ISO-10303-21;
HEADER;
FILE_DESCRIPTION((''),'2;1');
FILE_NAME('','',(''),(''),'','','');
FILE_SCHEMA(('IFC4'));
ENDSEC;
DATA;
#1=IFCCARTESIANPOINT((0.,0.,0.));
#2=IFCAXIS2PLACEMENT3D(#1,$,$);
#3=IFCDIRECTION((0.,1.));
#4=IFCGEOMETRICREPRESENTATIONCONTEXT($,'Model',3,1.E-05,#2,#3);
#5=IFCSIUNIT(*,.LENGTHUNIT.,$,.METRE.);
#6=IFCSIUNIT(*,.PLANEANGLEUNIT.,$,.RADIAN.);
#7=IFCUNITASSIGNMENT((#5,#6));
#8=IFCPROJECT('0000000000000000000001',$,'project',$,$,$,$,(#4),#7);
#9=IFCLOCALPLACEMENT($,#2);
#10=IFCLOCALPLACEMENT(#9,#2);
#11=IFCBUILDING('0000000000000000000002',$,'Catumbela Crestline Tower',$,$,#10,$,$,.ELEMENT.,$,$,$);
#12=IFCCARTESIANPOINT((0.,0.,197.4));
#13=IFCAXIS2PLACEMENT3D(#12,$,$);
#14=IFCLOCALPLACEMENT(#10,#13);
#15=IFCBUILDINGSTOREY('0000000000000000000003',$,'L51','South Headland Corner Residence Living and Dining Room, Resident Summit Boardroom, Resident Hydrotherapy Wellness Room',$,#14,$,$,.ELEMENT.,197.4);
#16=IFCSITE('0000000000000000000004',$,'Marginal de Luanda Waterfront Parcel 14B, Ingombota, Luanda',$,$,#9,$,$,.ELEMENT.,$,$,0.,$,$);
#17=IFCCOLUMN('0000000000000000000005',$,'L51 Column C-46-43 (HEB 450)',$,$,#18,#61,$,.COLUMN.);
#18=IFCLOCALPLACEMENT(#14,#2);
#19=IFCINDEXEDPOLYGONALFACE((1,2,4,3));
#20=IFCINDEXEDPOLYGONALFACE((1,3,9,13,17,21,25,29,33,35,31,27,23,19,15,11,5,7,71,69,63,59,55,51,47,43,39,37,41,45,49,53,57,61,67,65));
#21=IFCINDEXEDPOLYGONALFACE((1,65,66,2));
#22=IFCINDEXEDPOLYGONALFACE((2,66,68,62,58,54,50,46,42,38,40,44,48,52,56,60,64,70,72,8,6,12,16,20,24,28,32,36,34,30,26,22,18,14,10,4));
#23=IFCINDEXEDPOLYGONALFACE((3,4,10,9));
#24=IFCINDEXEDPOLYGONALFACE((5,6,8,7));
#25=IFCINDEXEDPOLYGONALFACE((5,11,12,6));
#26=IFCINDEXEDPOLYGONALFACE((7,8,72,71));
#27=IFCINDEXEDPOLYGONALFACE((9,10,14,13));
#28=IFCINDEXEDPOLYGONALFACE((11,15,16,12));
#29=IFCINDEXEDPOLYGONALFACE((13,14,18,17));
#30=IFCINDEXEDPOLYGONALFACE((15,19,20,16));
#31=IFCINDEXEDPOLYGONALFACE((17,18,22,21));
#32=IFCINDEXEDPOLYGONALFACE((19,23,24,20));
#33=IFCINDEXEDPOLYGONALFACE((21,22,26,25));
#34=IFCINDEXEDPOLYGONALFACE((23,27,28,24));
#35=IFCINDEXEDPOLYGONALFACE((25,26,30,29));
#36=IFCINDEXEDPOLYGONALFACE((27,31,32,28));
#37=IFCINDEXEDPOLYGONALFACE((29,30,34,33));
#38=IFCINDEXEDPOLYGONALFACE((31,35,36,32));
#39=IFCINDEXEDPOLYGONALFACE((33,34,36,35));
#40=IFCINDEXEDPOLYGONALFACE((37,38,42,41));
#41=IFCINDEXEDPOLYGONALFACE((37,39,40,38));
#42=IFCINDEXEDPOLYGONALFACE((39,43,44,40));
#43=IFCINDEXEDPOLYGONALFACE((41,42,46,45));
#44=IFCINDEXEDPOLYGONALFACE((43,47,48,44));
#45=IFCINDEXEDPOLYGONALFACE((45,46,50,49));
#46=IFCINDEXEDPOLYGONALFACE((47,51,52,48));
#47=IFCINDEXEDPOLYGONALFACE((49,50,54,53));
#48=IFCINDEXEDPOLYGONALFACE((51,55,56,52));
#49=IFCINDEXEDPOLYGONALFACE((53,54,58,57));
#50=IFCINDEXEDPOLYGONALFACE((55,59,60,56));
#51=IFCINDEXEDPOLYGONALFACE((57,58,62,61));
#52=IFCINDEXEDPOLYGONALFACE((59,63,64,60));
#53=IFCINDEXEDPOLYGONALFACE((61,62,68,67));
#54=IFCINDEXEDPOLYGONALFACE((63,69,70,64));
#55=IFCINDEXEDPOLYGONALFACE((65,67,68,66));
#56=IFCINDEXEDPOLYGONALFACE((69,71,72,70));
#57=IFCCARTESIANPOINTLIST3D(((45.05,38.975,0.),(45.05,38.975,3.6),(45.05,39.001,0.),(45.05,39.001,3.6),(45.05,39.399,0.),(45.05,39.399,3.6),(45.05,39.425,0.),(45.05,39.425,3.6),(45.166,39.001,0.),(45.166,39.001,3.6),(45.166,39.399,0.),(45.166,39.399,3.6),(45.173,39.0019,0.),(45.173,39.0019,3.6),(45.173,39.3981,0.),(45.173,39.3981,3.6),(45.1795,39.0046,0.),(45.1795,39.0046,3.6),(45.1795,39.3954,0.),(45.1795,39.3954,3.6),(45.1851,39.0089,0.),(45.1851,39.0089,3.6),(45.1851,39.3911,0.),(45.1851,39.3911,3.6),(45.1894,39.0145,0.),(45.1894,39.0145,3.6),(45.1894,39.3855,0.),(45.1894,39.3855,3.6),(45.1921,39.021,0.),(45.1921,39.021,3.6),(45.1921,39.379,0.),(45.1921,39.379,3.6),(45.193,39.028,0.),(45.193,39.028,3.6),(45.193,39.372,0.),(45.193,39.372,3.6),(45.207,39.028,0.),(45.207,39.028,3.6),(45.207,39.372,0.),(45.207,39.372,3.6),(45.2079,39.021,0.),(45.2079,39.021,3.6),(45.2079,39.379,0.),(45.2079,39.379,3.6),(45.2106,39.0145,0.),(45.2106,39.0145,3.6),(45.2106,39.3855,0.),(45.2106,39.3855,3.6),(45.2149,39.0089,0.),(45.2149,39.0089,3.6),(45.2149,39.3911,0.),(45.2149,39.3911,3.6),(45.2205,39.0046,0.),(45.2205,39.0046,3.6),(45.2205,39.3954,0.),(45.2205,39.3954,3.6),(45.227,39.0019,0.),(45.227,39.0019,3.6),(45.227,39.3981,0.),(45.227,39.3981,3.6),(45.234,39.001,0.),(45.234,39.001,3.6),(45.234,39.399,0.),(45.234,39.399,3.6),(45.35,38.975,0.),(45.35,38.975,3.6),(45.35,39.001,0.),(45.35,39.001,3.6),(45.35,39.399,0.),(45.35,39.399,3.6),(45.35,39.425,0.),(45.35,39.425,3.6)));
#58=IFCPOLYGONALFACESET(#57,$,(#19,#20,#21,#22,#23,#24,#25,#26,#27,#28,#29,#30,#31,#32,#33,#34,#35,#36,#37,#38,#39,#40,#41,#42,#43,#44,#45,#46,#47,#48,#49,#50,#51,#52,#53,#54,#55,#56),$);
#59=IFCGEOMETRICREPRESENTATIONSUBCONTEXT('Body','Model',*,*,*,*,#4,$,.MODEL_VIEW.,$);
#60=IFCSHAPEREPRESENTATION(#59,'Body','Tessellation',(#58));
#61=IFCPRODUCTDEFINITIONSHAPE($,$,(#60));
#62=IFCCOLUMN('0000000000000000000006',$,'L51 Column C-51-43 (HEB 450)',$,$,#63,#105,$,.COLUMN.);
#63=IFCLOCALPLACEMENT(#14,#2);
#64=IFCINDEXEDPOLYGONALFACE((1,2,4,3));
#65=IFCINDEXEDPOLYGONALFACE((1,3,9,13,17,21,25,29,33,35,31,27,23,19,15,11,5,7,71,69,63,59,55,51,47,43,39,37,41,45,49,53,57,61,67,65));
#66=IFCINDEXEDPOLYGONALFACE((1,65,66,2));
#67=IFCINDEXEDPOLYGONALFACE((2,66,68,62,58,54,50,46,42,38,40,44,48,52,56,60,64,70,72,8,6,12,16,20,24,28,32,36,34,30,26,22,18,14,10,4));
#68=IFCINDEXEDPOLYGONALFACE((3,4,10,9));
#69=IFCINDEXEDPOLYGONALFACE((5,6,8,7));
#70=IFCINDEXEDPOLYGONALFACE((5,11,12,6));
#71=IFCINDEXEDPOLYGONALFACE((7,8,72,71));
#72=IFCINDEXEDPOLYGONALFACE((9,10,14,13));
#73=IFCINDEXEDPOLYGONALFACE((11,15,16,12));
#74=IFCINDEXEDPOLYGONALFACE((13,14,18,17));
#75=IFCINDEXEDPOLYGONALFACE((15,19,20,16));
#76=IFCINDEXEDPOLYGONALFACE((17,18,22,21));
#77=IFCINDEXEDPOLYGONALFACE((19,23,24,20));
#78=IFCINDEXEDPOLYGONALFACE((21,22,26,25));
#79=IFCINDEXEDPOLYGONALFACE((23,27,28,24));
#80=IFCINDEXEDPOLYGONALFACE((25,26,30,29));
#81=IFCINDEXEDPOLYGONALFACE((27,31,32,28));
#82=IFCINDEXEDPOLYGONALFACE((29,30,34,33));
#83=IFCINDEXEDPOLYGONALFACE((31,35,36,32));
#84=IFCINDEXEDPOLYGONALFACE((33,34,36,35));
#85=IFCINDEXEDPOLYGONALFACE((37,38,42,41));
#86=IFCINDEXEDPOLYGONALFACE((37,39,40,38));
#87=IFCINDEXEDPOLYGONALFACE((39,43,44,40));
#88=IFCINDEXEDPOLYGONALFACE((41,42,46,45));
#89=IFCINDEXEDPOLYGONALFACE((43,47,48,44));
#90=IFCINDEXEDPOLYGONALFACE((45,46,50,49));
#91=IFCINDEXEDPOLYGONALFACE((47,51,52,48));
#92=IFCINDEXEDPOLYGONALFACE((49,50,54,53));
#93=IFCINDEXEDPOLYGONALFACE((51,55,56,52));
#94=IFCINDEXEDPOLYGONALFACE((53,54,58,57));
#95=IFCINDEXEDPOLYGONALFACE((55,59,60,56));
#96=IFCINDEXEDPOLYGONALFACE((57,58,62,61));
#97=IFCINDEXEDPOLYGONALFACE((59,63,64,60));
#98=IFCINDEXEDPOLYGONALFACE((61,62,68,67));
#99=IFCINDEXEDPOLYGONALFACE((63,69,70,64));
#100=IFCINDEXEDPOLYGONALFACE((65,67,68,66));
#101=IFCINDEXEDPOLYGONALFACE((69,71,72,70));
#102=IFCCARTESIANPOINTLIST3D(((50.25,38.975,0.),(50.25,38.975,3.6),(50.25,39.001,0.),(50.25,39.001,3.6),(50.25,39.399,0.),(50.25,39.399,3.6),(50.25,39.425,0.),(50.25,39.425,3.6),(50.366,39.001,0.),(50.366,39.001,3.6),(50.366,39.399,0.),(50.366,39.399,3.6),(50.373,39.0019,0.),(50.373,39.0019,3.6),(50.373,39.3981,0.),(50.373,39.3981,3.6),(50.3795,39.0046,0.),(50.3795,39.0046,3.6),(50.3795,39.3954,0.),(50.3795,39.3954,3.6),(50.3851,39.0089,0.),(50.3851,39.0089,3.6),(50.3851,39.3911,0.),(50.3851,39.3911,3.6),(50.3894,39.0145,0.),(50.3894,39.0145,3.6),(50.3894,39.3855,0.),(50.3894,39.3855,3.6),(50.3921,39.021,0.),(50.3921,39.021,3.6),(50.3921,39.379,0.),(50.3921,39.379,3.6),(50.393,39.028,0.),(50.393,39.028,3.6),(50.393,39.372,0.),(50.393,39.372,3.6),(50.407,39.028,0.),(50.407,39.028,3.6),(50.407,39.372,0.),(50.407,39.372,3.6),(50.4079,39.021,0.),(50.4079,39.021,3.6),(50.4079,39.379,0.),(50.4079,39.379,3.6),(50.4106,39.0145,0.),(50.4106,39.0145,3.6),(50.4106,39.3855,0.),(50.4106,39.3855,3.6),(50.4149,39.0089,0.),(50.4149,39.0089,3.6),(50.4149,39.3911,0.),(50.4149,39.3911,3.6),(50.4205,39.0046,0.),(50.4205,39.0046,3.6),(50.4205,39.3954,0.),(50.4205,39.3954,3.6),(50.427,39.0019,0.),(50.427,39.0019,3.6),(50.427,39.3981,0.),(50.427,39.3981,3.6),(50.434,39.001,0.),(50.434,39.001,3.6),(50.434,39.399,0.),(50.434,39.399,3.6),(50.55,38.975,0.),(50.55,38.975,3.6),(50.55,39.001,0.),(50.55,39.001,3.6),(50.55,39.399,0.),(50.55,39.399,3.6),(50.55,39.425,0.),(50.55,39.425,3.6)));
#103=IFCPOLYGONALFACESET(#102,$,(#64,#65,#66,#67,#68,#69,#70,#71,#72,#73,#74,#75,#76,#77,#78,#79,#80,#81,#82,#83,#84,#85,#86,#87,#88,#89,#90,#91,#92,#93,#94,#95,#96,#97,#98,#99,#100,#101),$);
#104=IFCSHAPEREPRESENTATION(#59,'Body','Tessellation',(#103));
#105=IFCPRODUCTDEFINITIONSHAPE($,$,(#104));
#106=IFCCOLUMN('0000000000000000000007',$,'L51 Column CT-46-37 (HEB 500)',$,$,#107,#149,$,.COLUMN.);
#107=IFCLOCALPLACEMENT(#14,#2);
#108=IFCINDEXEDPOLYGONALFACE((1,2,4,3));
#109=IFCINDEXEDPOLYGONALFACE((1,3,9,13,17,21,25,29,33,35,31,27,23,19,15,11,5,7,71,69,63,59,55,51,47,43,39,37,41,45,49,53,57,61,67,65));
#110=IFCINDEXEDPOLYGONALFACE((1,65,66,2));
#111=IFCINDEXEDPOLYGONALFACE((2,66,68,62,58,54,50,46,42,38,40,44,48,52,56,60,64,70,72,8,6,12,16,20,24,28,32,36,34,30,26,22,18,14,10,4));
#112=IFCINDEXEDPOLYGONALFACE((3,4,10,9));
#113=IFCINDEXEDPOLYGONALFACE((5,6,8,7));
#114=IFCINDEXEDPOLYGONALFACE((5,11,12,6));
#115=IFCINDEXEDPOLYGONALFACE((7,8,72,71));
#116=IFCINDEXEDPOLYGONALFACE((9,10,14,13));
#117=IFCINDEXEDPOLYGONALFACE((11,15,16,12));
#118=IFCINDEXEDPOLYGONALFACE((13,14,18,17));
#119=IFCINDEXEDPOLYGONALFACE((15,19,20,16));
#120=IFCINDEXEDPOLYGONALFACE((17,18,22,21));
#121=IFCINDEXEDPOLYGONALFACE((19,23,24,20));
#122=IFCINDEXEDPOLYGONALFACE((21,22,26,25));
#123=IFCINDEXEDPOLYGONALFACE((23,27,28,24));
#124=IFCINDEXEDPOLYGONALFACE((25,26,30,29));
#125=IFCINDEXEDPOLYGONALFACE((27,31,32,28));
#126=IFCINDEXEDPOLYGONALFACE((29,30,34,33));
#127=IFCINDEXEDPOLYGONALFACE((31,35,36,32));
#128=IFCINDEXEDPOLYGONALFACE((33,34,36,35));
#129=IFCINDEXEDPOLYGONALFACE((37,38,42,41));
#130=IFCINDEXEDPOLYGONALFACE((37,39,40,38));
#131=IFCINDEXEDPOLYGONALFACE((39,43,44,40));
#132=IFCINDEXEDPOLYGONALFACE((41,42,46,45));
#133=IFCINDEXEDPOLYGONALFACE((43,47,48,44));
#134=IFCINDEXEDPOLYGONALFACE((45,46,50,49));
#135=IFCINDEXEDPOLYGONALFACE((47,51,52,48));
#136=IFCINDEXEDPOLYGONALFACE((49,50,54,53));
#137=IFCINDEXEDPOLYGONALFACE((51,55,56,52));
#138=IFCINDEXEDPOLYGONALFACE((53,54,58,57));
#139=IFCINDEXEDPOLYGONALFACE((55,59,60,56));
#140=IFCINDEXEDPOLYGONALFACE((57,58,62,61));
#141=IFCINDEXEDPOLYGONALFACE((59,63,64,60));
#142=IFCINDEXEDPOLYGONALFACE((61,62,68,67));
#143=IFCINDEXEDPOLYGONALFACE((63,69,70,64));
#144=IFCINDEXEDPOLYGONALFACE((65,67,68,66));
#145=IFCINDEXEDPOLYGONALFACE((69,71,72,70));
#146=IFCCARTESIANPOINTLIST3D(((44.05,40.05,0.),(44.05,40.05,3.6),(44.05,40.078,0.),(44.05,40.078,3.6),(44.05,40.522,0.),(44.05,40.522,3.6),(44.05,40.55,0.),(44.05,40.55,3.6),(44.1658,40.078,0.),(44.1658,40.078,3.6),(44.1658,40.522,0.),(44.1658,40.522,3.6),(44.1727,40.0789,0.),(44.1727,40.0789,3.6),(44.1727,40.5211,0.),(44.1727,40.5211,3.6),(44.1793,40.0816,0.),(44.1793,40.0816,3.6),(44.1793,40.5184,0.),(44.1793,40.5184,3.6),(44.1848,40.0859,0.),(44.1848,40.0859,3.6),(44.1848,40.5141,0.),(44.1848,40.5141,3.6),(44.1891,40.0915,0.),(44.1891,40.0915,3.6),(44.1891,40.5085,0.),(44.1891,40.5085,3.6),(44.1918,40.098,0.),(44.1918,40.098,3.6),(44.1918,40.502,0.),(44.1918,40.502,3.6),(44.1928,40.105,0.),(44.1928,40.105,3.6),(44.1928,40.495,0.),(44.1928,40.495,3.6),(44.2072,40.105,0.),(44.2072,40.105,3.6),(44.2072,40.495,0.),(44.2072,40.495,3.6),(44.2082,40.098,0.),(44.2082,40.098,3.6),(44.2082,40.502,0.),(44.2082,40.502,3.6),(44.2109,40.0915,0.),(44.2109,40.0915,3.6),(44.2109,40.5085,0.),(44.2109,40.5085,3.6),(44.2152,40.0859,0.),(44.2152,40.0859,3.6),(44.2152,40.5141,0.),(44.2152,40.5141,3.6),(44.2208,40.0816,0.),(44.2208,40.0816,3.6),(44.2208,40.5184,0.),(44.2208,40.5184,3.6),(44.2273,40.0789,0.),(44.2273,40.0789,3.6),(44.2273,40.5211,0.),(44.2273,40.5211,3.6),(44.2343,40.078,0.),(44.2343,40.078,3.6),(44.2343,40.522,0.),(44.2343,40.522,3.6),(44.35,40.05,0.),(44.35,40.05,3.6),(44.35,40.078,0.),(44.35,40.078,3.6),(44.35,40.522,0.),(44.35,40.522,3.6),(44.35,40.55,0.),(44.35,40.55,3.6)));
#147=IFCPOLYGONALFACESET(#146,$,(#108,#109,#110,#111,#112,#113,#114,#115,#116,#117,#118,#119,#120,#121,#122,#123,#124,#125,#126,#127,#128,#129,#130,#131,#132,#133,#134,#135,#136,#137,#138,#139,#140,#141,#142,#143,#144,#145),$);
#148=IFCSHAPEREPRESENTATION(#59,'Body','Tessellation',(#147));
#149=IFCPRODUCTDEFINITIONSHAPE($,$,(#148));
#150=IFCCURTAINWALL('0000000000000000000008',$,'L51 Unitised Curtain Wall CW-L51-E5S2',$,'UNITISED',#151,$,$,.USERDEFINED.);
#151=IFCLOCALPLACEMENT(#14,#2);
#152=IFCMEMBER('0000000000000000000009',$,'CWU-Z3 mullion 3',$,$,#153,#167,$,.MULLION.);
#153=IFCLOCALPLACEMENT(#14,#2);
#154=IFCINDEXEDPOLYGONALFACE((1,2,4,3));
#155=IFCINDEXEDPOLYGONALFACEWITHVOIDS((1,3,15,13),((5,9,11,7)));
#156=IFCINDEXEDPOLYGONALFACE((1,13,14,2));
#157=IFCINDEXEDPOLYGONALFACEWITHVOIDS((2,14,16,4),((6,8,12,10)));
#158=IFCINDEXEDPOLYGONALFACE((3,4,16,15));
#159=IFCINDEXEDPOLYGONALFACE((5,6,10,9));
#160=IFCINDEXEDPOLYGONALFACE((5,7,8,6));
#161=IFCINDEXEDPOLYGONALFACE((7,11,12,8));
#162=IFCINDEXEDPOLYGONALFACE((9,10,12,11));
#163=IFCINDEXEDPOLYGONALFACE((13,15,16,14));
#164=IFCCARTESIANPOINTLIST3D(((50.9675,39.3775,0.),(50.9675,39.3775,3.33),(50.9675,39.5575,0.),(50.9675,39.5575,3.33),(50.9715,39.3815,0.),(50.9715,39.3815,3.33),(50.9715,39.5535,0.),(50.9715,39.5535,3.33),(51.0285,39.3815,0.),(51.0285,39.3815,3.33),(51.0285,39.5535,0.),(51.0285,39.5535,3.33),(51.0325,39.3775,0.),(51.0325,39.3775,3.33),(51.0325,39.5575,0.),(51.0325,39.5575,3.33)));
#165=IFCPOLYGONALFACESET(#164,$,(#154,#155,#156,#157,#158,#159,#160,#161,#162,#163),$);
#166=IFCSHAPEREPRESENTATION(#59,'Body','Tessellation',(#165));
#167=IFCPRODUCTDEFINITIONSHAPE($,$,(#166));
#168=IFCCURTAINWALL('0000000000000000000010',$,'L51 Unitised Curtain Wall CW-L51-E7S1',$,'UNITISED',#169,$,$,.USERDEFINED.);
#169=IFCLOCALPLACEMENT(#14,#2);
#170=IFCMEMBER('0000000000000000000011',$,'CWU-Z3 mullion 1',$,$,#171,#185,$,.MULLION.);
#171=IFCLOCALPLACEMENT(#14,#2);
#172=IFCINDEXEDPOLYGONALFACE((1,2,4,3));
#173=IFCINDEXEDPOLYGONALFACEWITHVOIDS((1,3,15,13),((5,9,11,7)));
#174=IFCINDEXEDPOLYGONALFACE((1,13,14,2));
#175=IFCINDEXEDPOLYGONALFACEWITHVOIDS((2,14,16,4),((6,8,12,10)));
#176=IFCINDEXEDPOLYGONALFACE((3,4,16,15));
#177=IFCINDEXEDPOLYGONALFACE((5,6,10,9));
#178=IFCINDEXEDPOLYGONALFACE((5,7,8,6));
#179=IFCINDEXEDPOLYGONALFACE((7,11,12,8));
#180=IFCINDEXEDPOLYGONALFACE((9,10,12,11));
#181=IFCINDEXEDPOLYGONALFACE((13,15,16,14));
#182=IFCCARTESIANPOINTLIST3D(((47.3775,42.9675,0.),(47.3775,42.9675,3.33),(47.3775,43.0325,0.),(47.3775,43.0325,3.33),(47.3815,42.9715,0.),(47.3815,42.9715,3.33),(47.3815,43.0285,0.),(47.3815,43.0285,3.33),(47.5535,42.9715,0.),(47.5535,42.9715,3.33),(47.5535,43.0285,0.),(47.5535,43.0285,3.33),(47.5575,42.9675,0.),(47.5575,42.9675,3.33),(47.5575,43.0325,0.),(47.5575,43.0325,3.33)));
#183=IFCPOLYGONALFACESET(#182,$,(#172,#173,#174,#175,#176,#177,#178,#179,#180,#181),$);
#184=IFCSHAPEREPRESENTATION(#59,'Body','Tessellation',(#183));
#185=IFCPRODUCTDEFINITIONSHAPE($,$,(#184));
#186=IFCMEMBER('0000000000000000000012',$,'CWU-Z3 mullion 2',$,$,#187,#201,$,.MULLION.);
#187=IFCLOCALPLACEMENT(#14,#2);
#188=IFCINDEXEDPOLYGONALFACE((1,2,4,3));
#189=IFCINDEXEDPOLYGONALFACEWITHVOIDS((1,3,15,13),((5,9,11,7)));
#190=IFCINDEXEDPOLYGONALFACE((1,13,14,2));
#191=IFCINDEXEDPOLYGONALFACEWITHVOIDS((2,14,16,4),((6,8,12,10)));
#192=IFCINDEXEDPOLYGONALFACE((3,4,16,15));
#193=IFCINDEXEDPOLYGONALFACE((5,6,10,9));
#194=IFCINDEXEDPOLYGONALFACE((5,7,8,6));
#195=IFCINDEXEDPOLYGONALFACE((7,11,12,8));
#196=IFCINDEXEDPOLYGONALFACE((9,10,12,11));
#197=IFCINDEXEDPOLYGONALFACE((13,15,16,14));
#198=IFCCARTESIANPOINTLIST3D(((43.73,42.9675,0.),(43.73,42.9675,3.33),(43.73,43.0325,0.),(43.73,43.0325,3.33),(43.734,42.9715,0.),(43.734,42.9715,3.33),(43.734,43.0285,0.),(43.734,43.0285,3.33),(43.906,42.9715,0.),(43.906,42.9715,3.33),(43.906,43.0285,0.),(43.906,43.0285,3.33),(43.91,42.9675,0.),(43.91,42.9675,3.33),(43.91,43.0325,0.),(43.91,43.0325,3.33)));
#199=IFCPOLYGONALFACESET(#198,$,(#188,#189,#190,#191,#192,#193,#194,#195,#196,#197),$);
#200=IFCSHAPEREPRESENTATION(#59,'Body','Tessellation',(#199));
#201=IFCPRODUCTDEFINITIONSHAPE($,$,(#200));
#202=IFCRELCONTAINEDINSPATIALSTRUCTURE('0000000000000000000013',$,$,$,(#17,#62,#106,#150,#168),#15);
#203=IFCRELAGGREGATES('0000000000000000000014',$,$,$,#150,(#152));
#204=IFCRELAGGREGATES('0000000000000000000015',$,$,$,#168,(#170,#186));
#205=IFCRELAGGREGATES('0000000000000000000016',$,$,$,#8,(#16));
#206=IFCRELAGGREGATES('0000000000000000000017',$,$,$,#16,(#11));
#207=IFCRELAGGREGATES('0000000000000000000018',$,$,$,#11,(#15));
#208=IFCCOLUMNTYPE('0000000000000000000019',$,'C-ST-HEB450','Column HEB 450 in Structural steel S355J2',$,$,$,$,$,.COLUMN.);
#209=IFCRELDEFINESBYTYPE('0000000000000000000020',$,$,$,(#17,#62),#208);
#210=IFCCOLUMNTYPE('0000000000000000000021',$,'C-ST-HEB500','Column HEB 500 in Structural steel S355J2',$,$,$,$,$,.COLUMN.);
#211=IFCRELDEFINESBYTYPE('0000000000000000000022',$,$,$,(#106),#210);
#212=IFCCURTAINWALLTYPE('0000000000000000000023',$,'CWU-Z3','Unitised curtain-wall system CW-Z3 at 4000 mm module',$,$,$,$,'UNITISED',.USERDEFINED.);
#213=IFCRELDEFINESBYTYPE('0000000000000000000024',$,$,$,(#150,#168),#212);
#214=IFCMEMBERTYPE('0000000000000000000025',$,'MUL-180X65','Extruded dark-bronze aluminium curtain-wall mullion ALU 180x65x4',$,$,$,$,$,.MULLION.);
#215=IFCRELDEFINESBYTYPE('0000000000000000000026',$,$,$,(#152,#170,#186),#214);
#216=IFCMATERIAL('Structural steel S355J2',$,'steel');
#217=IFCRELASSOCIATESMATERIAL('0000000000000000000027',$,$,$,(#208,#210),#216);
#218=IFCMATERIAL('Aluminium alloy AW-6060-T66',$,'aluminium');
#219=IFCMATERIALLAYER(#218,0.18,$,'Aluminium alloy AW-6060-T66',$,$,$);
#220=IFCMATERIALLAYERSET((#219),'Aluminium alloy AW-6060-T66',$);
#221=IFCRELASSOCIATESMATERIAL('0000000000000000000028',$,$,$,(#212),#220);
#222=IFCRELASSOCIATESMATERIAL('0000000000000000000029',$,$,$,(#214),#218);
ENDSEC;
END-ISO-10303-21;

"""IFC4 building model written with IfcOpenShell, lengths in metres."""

from ifc_helpers import new_model, si_unit, direction, frame, origin, origin_2d, place, context, subcontext, project, spatial, hollow_rectangle, i_section, extrude, material, layer, layer_set, material_profile, profile_set, type_object, element, aggregate, save


model = new_model("IFC4")

# Units and contexts
model_context = context("Model", 3, precision=1e-05, world=origin(), true_north=direction((0.0, 1.0)))
body_context = subcontext(model_context, "Body", "Model", "MODEL_VIEW")
ifc_project = project(units=[si_unit("LENGTHUNIT", "METRE"), si_unit("PLANEANGLEUNIT", "RADIAN")], contexts=[model_context])

# Site, building, storey
site_placement = place(None, origin())
site = spatial("IfcSite", under=ifc_project, at=site_placement, Name="Marginal de Luanda Waterfront Parcel 14B, Ingombota, Luanda", CompositionType="ELEMENT", RefElevation=0.0)
building_placement = place(site_placement, origin())
building = spatial("IfcBuilding", under=site, at=building_placement, Name="Catumbela Crestline Tower", CompositionType="ELEMENT")
storey_placement = place(building_placement, frame((0.0, 0.0, 197.4)))
storey = spatial("IfcBuildingStorey", under=building, at=storey_placement, Name="L51", Description="South Headland Corner Residence Living and Dining Room, Resident Summit Boardroom, Resident Hydrotherapy Wellness Room", CompositionType="ELEMENT", Elevation=197.4)

# Columns
ifc_material_1 = material(Name="Structural steel S355J2", Category="steel")
ifc_material_profile_1 = material_profile(ifc_material_1, i_section(OverallWidth=0.3, OverallDepth=0.45, WebThickness=0.014, FlangeThickness=0.026, FilletRadius=0.027, at=origin_2d()), Name="HEB 450")
ifc_profile_set_1 = profile_set([ifc_material_profile_1], Name="Structural steel S355J2")
column_type_1 = type_object("IfcColumnType", Name="C-ST-HEB450", Description="Column HEB 450 in Structural steel S355J2", PredefinedType="COLUMN", material=ifc_profile_set_1)
for number, where, z_axis, x_axis, name in (
    (1, (45.2, 39.2, 0.0), (0.0, 0.0, 1.0), (1.0, 0.0, 0.0), "L51 Column C-46-43 (HEB 450)"),
    (2, (50.4, 39.2, 0.0), (0.0, 0.0, 1.0), (1.0, 0.0, 0.0), "L51 Column C-51-43 (HEB 450)"),
):
    element("IfcColumn", number, at=place(storey_placement, frame(where, z_axis=z_axis, x_axis=x_axis)), inside=storey, type_object=column_type_1, Name=name, PredefinedType="COLUMN", context=body_context, shape_type="SweptSolid", body=[
        extrude(i_section(OverallWidth=0.3, OverallDepth=0.45, WebThickness=0.014, FlangeThickness=0.026, FilletRadius=0.027, at=origin_2d()), origin(), (0.0, 0.0, 1.0), 3.6),
    ])
ifc_material_profile_2 = material_profile(ifc_material_1, i_section(OverallWidth=0.3, OverallDepth=0.5, WebThickness=0.0145, FlangeThickness=0.028, FilletRadius=0.027, at=origin_2d()), Name="HEB 500")
ifc_profile_set_2 = profile_set([ifc_material_profile_2], Name="Structural steel S355J2")
column_type_2 = type_object("IfcColumnType", Name="C-ST-HEB500", Description="Column HEB 500 in Structural steel S355J2", PredefinedType="COLUMN", material=ifc_profile_set_2)
column_placement = place(storey_placement, frame((44.2, 40.3, 0.0), z_axis=(0.0, 0.0, 1.0), x_axis=(1.0, 0.0, 0.0)))
element("IfcColumn", 3, at=column_placement, inside=storey, type_object=column_type_2, Name="L51 Column CT-46-37 (HEB 500)", PredefinedType="COLUMN", context=body_context, shape_type="SweptSolid", body=[
    extrude(i_section(OverallWidth=0.3, OverallDepth=0.5, WebThickness=0.0145, FlangeThickness=0.028, FilletRadius=0.027, at=origin_2d()), origin(), (0.0, 0.0, 1.0), 3.6),
])

# Curtain wall, member
ifc_material_2 = material(Name="Aluminium alloy AW-6060-T66", Category="aluminium")
ifc_layer_1 = layer(ifc_material_2, 0.18, Name="Aluminium alloy AW-6060-T66")
ifc_layer_set_1 = layer_set([ifc_layer_1], Name="Aluminium alloy AW-6060-T66")
curtain_wall_type = type_object("IfcCurtainWallType", Name="CWU-Z3", Description="Unitised curtain-wall system CW-Z3 at 4000 mm module", ElementType="UNITISED", PredefinedType="USERDEFINED", material=ifc_layer_set_1)
curtain_wall_1_placement = place(storey_placement, origin())
curtain_wall_1 = element("IfcCurtainWall", 4, at=curtain_wall_1_placement, inside=storey, type_object=curtain_wall_type, Name="L51 Unitised Curtain Wall CW-L51-E5S2", ObjectType="UNITISED", PredefinedType="USERDEFINED")
ifc_material_profile_3 = material_profile(ifc_material_2, hollow_rectangle(XDim=0.065, YDim=0.18, WallThickness=0.004, at=origin_2d()), Name="ALU 180x65x4")
ifc_profile_set_3 = profile_set([ifc_material_profile_3], Name="Aluminium alloy AW-6060-T66")
member_type_1 = type_object("IfcMemberType", Name="MUL-180X65", Description="Extruded dark-bronze aluminium curtain-wall mullion ALU 180x65x4", PredefinedType="MULLION", material=ifc_profile_set_3)
member_1_placement = place(storey_placement, frame((51.0, 39.4675, 0.0), z_axis=(0.0, 0.0, 1.0), x_axis=(-1.0, 0.0, 0.0)))
member_1 = element("IfcMember", 5, at=member_1_placement, type_object=member_type_1, Name="CWU-Z3 mullion 3", PredefinedType="MULLION", context=body_context, shape_type="SweptSolid", body=[
    extrude(hollow_rectangle(XDim=0.065, YDim=0.18, WallThickness=0.004, at=origin_2d()), origin(), (0.0, 0.0, 1.0), 3.33),
])

# Curtain wall, members
curtain_wall_2_placement = place(storey_placement, origin())
curtain_wall_2 = element("IfcCurtainWall", 6, at=curtain_wall_2_placement, inside=storey, type_object=curtain_wall_type, Name="L51 Unitised Curtain Wall CW-L51-E7S1", ObjectType="UNITISED", PredefinedType="USERDEFINED")
member_2_placement = place(storey_placement, frame((47.4675, 43.0, 0.0), z_axis=(0.0, 0.0, 1.0), x_axis=(0.0, -1.0, 0.0)))
member_2 = element("IfcMember", 7, at=member_2_placement, type_object=member_type_1, Name="CWU-Z3 mullion 1", PredefinedType="MULLION", context=body_context, shape_type="SweptSolid", body=[
    extrude(hollow_rectangle(XDim=0.065, YDim=0.18, WallThickness=0.004, at=origin_2d()), origin(), (0.0, 0.0, 1.0), 3.33),
])
member_3_placement = place(storey_placement, frame((43.82, 43.0, 0.0), z_axis=(0.0, 0.0, 1.0), x_axis=(0.0, -1.0, 0.0)))
member_3 = element("IfcMember", 8, at=member_3_placement, type_object=member_type_1, Name="CWU-Z3 mullion 2", PredefinedType="MULLION", context=body_context, shape_type="SweptSolid", body=[
    extrude(hollow_rectangle(XDim=0.065, YDim=0.18, WallThickness=0.004, at=origin_2d()), origin(), (0.0, 0.0, 1.0), 3.33),
])

aggregate(curtain_wall_1, [member_1])
aggregate(curtain_wall_2, [member_2, member_3])

save(model, "model.ifc")
